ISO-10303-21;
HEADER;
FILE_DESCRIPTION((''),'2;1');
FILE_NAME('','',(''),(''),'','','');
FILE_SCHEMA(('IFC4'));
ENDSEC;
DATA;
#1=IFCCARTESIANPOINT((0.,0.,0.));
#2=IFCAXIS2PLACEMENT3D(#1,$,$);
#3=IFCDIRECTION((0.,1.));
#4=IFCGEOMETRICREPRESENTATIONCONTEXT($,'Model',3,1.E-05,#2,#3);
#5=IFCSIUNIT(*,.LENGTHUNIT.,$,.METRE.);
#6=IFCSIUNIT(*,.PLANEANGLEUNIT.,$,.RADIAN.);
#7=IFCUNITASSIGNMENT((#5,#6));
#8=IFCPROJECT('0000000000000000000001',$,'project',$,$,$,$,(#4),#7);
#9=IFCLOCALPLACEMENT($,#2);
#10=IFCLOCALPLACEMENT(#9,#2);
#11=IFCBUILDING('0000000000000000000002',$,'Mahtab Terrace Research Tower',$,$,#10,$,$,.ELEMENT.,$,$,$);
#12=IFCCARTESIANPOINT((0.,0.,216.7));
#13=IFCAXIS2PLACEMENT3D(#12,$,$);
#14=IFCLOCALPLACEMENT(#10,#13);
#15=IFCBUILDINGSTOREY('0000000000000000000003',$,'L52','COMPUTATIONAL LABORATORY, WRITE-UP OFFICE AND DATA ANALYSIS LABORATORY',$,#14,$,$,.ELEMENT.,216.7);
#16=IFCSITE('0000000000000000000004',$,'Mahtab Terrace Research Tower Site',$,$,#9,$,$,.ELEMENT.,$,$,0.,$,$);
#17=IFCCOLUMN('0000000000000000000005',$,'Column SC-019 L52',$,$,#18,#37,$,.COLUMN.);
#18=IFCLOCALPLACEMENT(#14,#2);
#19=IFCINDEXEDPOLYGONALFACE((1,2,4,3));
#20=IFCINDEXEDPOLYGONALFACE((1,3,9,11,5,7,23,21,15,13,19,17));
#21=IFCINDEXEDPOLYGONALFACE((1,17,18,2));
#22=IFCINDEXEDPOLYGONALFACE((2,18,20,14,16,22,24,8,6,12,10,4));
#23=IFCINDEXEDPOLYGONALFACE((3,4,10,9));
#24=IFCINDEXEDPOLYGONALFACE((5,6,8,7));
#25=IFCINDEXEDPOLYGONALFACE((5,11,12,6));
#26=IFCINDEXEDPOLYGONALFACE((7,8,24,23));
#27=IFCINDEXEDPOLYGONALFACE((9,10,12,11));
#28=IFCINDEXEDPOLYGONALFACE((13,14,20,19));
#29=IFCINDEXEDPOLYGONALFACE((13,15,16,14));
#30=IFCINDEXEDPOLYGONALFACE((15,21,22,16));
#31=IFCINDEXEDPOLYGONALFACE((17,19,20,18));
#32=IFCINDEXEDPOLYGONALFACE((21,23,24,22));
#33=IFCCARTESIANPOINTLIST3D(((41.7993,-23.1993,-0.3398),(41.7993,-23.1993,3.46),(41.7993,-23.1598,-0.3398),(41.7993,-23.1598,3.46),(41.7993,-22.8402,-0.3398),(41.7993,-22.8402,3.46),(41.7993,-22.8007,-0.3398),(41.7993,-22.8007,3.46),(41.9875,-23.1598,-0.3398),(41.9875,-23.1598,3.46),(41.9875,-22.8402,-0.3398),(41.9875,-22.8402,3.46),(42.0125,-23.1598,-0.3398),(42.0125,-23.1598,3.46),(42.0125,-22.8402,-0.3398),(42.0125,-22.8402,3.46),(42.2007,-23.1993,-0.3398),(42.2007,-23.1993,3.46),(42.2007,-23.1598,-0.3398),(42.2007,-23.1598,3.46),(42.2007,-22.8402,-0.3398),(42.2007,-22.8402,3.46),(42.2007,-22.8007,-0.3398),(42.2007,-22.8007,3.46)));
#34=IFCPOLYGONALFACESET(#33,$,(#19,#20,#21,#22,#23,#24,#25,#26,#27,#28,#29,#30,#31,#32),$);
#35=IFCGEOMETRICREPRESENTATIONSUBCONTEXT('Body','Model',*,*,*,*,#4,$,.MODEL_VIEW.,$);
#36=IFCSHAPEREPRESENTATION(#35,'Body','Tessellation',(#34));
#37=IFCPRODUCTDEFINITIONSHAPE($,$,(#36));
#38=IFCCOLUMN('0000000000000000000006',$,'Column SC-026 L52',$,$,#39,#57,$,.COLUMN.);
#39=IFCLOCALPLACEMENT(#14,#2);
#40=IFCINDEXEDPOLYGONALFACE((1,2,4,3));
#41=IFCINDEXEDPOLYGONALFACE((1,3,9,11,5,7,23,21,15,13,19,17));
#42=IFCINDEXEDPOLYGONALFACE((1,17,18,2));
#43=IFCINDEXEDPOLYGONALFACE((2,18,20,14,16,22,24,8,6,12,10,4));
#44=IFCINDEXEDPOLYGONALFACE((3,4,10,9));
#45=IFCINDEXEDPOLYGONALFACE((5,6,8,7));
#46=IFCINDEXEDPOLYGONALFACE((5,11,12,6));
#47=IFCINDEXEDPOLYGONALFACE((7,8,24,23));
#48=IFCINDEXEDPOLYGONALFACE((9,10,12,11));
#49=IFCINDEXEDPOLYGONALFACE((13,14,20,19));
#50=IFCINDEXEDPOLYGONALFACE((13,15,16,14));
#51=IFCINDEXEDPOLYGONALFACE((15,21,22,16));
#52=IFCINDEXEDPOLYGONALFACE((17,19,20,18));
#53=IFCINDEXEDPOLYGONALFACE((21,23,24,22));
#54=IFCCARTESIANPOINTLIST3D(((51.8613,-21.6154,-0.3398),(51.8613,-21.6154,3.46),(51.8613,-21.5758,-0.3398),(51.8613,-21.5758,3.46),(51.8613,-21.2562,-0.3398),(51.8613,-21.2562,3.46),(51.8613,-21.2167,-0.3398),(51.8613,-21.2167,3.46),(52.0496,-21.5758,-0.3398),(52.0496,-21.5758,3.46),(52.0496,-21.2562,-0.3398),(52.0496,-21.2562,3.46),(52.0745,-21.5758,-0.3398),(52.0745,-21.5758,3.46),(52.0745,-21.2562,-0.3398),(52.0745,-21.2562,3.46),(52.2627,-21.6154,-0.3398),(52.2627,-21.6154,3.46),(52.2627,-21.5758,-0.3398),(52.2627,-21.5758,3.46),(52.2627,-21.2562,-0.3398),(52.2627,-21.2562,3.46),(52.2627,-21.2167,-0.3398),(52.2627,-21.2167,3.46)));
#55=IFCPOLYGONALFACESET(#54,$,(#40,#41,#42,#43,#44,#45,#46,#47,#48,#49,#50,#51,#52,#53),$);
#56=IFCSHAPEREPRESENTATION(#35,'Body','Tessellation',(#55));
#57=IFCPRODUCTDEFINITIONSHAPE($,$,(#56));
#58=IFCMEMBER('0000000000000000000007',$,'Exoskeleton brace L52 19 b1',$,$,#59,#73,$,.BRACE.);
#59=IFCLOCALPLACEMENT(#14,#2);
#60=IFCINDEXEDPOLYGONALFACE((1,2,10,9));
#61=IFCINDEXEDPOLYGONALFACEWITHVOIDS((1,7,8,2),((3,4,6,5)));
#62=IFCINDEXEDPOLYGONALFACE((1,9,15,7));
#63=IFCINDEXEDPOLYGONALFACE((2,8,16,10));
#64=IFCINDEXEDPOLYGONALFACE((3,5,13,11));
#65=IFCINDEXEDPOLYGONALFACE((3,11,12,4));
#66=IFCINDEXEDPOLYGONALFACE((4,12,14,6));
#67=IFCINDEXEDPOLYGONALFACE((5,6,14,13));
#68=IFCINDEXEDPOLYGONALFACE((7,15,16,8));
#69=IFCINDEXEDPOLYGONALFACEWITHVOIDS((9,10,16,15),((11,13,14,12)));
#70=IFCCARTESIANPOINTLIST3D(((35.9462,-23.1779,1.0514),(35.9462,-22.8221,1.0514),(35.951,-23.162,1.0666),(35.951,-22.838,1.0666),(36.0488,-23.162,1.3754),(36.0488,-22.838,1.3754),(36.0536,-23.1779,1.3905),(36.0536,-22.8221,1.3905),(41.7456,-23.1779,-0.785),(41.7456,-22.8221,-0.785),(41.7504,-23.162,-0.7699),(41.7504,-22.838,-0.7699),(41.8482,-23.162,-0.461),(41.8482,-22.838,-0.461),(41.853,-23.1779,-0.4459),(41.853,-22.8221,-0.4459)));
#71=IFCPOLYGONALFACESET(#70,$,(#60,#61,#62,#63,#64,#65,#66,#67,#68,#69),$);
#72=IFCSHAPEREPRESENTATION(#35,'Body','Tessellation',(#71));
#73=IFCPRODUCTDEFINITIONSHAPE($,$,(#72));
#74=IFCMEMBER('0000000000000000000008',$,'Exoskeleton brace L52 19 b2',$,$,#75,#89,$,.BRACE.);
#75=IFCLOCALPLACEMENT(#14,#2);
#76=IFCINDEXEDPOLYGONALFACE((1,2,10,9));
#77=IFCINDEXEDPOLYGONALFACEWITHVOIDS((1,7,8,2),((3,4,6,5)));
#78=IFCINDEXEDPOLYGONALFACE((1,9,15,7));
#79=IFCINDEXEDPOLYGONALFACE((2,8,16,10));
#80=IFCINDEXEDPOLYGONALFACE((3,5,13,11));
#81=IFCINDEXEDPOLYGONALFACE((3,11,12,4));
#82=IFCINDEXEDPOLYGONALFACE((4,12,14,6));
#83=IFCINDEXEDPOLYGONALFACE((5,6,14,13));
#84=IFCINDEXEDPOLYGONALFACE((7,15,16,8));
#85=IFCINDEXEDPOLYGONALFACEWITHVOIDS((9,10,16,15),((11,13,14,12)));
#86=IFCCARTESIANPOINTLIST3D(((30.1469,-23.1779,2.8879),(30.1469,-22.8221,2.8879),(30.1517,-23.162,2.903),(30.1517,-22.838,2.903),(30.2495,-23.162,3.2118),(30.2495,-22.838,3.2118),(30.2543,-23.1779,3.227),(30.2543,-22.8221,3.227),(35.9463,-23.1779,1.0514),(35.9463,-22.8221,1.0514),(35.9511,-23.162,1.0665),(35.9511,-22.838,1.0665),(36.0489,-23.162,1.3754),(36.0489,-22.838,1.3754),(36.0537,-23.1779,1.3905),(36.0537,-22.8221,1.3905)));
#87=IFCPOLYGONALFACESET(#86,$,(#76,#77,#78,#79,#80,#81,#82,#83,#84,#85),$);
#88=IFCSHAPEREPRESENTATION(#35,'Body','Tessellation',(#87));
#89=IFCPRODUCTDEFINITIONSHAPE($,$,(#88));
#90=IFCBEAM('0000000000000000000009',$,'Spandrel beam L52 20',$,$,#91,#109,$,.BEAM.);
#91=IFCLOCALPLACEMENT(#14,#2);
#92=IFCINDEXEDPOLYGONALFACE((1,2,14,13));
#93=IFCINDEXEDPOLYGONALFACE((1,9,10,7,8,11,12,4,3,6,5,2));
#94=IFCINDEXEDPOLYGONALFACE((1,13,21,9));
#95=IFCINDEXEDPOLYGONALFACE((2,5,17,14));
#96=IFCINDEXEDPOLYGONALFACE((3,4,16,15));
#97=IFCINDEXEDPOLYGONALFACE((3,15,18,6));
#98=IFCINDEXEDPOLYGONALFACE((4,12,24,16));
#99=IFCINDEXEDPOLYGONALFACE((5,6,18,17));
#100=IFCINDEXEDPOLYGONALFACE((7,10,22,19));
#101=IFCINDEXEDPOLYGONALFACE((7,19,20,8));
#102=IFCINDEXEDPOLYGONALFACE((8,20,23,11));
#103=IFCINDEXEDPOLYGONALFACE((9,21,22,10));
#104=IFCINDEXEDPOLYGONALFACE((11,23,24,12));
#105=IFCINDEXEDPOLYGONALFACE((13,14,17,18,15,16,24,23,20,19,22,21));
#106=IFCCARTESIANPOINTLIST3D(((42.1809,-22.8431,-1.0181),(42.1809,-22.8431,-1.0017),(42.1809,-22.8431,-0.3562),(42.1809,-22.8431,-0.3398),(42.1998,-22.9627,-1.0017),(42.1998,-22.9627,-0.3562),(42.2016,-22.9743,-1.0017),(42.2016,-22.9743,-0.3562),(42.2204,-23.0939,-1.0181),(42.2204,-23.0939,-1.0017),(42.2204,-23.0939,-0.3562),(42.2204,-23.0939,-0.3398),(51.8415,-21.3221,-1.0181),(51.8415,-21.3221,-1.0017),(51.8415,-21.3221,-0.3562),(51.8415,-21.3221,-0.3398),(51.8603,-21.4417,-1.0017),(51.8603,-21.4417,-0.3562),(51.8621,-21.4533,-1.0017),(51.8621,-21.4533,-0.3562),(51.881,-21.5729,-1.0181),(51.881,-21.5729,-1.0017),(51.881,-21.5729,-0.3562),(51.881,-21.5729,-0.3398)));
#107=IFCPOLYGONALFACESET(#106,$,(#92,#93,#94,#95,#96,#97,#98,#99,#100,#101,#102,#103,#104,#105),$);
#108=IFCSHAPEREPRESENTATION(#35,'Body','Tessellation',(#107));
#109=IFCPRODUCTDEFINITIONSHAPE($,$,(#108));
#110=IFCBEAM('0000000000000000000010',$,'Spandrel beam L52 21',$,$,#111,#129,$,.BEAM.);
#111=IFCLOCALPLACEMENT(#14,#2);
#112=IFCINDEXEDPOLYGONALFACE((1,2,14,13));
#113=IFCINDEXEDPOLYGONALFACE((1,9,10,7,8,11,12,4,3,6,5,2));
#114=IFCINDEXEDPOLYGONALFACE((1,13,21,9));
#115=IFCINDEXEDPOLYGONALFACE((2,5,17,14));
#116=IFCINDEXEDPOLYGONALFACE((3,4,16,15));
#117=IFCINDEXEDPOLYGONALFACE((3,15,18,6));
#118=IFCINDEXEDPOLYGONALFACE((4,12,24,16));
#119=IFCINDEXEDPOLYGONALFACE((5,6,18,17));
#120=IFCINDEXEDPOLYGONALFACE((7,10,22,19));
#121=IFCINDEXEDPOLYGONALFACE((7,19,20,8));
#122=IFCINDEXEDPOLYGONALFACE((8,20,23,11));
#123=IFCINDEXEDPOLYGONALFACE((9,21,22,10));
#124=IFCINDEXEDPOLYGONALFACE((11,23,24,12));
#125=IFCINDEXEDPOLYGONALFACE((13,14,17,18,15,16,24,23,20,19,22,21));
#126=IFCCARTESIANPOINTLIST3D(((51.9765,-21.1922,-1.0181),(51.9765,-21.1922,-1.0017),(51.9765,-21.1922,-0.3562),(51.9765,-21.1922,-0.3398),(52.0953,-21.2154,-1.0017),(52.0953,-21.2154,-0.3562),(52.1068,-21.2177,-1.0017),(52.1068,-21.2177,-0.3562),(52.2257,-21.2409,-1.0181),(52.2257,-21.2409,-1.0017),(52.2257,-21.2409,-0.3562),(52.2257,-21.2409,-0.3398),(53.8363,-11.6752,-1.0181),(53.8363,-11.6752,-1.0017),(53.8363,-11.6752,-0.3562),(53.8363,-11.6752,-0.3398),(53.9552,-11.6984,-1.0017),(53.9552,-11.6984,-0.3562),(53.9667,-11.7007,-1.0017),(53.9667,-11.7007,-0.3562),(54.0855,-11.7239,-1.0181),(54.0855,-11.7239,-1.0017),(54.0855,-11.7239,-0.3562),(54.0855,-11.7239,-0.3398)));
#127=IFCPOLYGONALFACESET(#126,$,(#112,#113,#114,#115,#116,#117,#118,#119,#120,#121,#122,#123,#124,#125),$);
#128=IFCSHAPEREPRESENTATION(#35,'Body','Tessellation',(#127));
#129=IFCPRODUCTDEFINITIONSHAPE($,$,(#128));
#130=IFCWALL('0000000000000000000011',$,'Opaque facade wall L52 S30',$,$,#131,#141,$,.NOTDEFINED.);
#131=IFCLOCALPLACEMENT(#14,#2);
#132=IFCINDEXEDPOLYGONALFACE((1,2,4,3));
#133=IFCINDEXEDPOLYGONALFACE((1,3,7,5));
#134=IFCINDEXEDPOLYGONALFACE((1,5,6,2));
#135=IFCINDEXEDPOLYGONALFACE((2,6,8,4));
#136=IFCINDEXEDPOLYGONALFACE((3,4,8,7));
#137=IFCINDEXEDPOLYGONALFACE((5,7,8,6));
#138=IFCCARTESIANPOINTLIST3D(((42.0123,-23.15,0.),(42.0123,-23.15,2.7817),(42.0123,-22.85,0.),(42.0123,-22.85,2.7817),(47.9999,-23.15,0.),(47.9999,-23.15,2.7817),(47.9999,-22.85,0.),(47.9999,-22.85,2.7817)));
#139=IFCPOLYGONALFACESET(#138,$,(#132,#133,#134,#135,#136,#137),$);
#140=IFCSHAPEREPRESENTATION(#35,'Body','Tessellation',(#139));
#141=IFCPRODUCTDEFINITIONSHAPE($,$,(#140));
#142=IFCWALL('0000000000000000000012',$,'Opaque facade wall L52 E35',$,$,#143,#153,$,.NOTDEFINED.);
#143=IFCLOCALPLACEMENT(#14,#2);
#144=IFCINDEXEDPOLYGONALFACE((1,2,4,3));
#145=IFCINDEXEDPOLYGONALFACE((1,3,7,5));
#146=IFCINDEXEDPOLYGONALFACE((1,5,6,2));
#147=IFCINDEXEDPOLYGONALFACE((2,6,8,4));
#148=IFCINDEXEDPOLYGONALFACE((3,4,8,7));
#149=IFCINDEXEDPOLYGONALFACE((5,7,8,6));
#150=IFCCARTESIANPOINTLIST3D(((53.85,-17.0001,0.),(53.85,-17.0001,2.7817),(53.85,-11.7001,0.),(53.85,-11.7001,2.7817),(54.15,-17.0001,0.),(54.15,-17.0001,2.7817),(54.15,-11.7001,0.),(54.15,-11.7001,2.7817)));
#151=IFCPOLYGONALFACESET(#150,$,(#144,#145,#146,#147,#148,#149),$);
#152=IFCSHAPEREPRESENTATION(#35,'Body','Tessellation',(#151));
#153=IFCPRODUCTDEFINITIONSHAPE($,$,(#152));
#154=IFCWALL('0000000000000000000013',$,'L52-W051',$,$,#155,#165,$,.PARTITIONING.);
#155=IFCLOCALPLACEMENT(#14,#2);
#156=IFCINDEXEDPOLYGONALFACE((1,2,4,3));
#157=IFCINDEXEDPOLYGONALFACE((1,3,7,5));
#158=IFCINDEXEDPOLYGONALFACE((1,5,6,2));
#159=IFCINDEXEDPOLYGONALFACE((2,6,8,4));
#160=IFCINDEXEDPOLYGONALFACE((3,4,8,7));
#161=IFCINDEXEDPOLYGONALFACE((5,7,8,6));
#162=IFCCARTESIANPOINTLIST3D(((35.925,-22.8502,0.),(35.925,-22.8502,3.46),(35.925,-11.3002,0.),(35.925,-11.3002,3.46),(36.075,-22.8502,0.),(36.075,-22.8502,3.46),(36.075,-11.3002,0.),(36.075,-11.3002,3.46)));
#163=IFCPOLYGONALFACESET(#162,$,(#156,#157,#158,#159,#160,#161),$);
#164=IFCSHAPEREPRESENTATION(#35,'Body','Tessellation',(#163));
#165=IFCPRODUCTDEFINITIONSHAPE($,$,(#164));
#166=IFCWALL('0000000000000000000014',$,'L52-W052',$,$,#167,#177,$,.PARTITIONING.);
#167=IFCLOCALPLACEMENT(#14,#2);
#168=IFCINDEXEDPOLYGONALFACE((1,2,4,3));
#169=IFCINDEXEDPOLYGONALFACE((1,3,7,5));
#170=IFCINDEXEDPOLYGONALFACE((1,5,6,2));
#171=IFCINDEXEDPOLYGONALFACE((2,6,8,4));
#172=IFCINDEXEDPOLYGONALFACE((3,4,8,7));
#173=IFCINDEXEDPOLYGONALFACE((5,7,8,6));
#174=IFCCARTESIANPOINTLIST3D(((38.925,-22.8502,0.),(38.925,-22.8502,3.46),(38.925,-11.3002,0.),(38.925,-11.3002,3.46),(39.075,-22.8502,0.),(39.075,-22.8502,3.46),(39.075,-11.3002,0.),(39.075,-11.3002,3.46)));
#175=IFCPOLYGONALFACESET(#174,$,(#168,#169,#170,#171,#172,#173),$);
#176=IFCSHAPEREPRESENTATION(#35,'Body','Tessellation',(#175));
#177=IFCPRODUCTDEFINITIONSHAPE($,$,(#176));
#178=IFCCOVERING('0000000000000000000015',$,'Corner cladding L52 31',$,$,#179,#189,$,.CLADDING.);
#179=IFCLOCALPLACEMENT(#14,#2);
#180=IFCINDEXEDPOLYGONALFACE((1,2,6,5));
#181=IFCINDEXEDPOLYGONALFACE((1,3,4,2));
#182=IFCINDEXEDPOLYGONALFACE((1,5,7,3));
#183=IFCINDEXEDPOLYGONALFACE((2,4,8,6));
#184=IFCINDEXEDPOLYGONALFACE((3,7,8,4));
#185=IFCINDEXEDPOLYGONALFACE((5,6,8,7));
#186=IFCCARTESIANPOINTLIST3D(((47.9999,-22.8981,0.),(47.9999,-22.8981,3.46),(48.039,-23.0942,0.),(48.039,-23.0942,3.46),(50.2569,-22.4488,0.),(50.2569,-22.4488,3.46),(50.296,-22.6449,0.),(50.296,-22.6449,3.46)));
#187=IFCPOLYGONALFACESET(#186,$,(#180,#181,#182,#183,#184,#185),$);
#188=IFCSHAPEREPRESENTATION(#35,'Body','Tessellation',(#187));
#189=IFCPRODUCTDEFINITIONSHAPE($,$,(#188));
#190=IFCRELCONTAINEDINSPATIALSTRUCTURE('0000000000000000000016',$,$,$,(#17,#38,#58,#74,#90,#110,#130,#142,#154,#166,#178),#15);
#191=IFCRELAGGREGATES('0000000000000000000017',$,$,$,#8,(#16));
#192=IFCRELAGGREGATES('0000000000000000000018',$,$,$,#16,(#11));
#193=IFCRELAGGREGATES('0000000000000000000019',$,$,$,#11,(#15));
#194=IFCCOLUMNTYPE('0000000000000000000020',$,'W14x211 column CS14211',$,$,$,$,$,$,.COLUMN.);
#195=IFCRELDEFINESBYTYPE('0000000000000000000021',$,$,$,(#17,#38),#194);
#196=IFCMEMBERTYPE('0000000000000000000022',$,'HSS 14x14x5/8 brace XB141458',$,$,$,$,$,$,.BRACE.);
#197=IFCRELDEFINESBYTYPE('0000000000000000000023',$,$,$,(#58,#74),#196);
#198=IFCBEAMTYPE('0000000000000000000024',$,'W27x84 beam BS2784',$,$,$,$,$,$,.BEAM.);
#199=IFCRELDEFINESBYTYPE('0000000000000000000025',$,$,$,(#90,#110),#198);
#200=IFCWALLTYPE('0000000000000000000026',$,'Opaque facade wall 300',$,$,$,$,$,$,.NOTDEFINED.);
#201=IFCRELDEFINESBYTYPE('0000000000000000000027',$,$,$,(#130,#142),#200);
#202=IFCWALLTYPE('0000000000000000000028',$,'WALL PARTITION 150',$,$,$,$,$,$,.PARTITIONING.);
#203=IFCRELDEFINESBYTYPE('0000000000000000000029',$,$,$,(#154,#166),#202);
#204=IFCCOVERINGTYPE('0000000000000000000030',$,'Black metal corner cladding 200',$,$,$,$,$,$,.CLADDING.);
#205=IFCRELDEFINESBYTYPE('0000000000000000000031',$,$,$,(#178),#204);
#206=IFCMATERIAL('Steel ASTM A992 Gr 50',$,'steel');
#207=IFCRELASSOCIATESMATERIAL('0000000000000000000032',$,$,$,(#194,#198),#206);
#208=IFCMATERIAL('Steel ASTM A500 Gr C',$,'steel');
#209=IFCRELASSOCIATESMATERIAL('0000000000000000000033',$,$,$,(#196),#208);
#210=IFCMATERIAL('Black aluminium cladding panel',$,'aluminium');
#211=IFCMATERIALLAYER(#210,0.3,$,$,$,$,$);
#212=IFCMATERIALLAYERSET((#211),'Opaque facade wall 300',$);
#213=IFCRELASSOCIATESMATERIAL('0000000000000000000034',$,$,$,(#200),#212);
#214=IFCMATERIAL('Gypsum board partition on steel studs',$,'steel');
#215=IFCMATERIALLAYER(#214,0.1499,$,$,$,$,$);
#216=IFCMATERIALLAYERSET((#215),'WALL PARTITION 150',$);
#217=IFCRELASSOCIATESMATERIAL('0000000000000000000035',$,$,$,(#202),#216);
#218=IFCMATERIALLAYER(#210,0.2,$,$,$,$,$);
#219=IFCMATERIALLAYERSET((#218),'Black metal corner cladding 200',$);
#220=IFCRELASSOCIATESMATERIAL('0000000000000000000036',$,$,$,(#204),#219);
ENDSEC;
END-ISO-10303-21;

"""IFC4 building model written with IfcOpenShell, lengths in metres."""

from ifc_helpers import new_model, si_unit, direction, frame, frame_2d, origin, origin_2d, place, context, subcontext, project, spatial, rectangle, hollow_rectangle, i_section, extrude, material, layer, layer_set, material_profile, profile_set, type_object, element, save


model = new_model("IFC4")

# Units and contexts
model_context = context("Model", 3, precision=1e-05, world=origin(), true_north=direction((0.0, 1.0)))
body_context = subcontext(model_context, "Body", "Model", "MODEL_VIEW")
ifc_project = project(units=[si_unit("LENGTHUNIT", "METRE"), si_unit("PLANEANGLEUNIT", "RADIAN")], contexts=[model_context])

# Site, building, storey
site_placement = place(None, origin())
site = spatial("IfcSite", under=ifc_project, at=site_placement, Name="Mahtab Terrace Research Tower Site", CompositionType="ELEMENT", RefElevation=0.0)
building_placement = place(site_placement, origin())
building = spatial("IfcBuilding", under=site, at=building_placement, Name="Mahtab Terrace Research Tower", CompositionType="ELEMENT")
storey_placement = place(building_placement, frame((0.0, 0.0, 216.7)))
storey = spatial("IfcBuildingStorey", under=building, at=storey_placement, Name="L52", Description="COMPUTATIONAL LABORATORY, WRITE-UP OFFICE AND DATA ANALYSIS LABORATORY", CompositionType="ELEMENT", Elevation=216.7)

# Columns
ifc_material_1 = material(Name="Steel ASTM A992 Gr 50", Category="steel")
ifc_material_profile_1 = material_profile(ifc_material_1, i_section(OverallWidth=0.4014, OverallDepth=0.3987, WebThickness=0.0249, FlangeThickness=0.0396, at=origin_2d()), Name="W14X211")
ifc_profile_set_1 = profile_set([ifc_material_profile_1], Name="Steel ASTM A992 Gr 50")
column_type = type_object("IfcColumnType", Name="W14x211 column CS14211", PredefinedType="COLUMN", material=ifc_profile_set_1)
for number, where, z_axis, x_axis, name in (
    (1, (42.0, -23.0, -0.3398), (0.0, 0.0, 1.0), (1.0, 0.0, 0.0), "Column SC-019 L52"),
    (2, (52.062, -21.416, -0.3398), (0.0, 0.0, 1.0), (1.0, 0.0, 0.0), "Column SC-026 L52"),
):
    element("IfcColumn", number, at=place(storey_placement, frame(where, z_axis=z_axis, x_axis=x_axis)), inside=storey, type_object=column_type, Name=name, PredefinedType="COLUMN", context=body_context, shape_type="SweptSolid", body=[
        extrude(i_section(OverallWidth=0.4014, OverallDepth=0.3987, WebThickness=0.0249, FlangeThickness=0.0396, at=origin_2d()), origin(), (0.0, 0.0, 1.0), 3.7998),
    ])

# Members
ifc_material_2 = material(Name="Steel ASTM A500 Gr C", Category="steel")
ifc_material_profile_2 = material_profile(ifc_material_2, hollow_rectangle(XDim=0.3557, YDim=0.3557, WallThickness=0.0159, at=origin_2d()), Name="HSS14X14X5/8")
ifc_profile_set_2 = profile_set([ifc_material_profile_2], Name="Steel ASTM A500 Gr C")
member_type = type_object("IfcMemberType", Name="HSS 14x14x5/8 brace XB141458", PredefinedType="BRACE", material=ifc_profile_set_2)
for number, where, z_axis, x_axis, name in (
    (3, (41.7993, -23.0, -0.6155), (-0.953343, 0.0, 0.301888), (0.0, -1.0, 0.0), "Exoskeleton brace L52 19 b1"),
    (4, (36.0, -23.0, 1.2209), (-0.953343, 0.0, 0.301888), (0.0, -1.0, 0.0), "Exoskeleton brace L52 19 b2"),
):
    element("IfcMember", number, at=place(storey_placement, frame(where, z_axis=z_axis, x_axis=x_axis)), inside=storey, type_object=member_type, Name=name, PredefinedType="BRACE", context=body_context, shape_type="SweptSolid", body=[
        extrude(hollow_rectangle(XDim=0.3557, YDim=0.3557, WallThickness=0.0159, at=origin_2d()), origin(), (0.0, 0.0, 1.0), 6.0833),
    ])

# Beams
ifc_material_profile_3 = material_profile(ifc_material_1, i_section(OverallWidth=0.2539, OverallDepth=0.6782, WebThickness=0.0117, FlangeThickness=0.0164, at=origin_2d()), Name="W27X84")
ifc_profile_set_3 = profile_set([ifc_material_profile_3], Name="Steel ASTM A992 Gr 50")
beam_type = type_object("IfcBeamType", Name="W27x84 beam BS2784", PredefinedType="BEAM", material=ifc_profile_set_3)
beam_1_placement = place(storey_placement, frame((42.2007, -22.9685, -0.679), z_axis=(0.987832, 0.155527, 0.0), x_axis=(-0.155527, 0.987832, 0.0)))
element("IfcBeam", 5, at=beam_1_placement, inside=storey, type_object=beam_type, Name="Spandrel beam L52 20", PredefinedType="BEAM", context=body_context, shape_type="SweptSolid", body=[
    extrude(i_section(OverallWidth=0.2539, OverallDepth=0.6782, WebThickness=0.0117, FlangeThickness=0.0164, at=origin_2d()), origin(), (0.0, 0.0, 1.0), 9.7795),
])
beam_2_placement = place(storey_placement, frame((52.1011, -21.2166, -0.679), z_axis=(0.191795, 0.981435, 0.0), x_axis=(-0.981435, 0.191795, 0.0)))
element("IfcBeam", 6, at=beam_2_placement, inside=storey, type_object=beam_type, Name="Spandrel beam L52 21", PredefinedType="BEAM", context=body_context, shape_type="SweptSolid", body=[
    extrude(i_section(OverallWidth=0.2539, OverallDepth=0.6782, WebThickness=0.0117, FlangeThickness=0.0164, at=origin_2d()), origin(), (0.0, 0.0, 1.0), 9.697),
])

# Walls
ifc_material_3 = material(Name="Black aluminium cladding panel", Category="aluminium")
ifc_layer_1 = layer(ifc_material_3, 0.3)
ifc_layer_set_1 = layer_set([ifc_layer_1], Name="Opaque facade wall 300")
wall_type_1 = type_object("IfcWallType", Name="Opaque facade wall 300", PredefinedType="NOTDEFINED", material=ifc_layer_set_1)
wall_1_placement = place(storey_placement, frame((42.0125, -23.0, 0.0), z_axis=(0.0, 0.0, 1.0), x_axis=(1.0, 0.0, 0.0)))
element("IfcWall", 7, at=wall_1_placement, inside=storey, type_object=wall_type_1, Name="Opaque facade wall L52 S30", PredefinedType="NOTDEFINED", context=body_context, shape_type="SweptSolid", body=[
    extrude(rectangle(XDim=5.9875, YDim=0.3, at=frame_2d((2.9937, 0.0))), origin(), (0.0, 0.0, 1.0), 2.7817),
])
wall_2_placement = place(storey_placement, frame((54.0, -17.0, 0.0), z_axis=(0.0, 0.0, 1.0), x_axis=(0.0, 1.0, 0.0)))
element("IfcWall", 8, at=wall_2_placement, inside=storey, type_object=wall_type_1, Name="Opaque facade wall L52 E35", PredefinedType="NOTDEFINED", context=body_context, shape_type="SweptSolid", body=[
    extrude(rectangle(XDim=5.3, YDim=0.3, at=frame_2d((2.6499, 0.0))), origin(), (0.0, 0.0, 1.0), 2.7817),
])
ifc_material_4 = material(Name="Gypsum board partition on steel studs", Category="steel")
ifc_layer_2 = layer(ifc_material_4, 0.1499)
ifc_layer_set_2 = layer_set([ifc_layer_2], Name="WALL PARTITION 150")
wall_type_2 = type_object("IfcWallType", Name="WALL PARTITION 150", PredefinedType="PARTITIONING", material=ifc_layer_set_2)
for number, where, z_axis, x_axis, name in (
    (9, (36.0, -22.8501, 0.0), (0.0, 0.0, 1.0), (0.0, 1.0, 0.0), "L52-W051"),
    (10, (39.0, -22.8501, 0.0), (0.0, 0.0, 1.0), (0.0, 1.0, 0.0), "L52-W052"),
):
    element("IfcWall", number, at=place(storey_placement, frame(where, z_axis=z_axis, x_axis=x_axis)), inside=storey, type_object=wall_type_2, Name=name, PredefinedType="PARTITIONING", context=body_context, shape_type="SweptSolid", body=[
        extrude(rectangle(XDim=11.55, YDim=0.1499, at=frame_2d((5.7749, 0.0))), origin(), (0.0, 0.0, 1.0), 3.46),
    ])

# Covering
ifc_layer_3 = layer(ifc_material_3, 0.2)
ifc_layer_set_3 = layer_set([ifc_layer_3], Name="Black metal corner cladding 200")
covering_type_1 = type_object("IfcCoveringType", Name="Black metal corner cladding 200", PredefinedType="CLADDING", material=ifc_layer_set_3)
covering_1_placement = place(storey_placement, frame((49.1479, -22.7715, 0.0), z_axis=(0.0, 0.0, 1.0), x_axis=(0.980761, 0.195212, 0.0)))
element("IfcCovering", 11, at=covering_1_placement, inside=storey, type_object=covering_type_1, Name="Corner cladding L52 31", PredefinedType="CLADDING", context=body_context, shape_type="SweptSolid", body=[
    extrude(rectangle(XDim=2.3013, YDim=0.2, at=origin_2d()), origin(), (0.0, 0.0, 1.0), 3.46),
])

save(model, "model.ifc")
